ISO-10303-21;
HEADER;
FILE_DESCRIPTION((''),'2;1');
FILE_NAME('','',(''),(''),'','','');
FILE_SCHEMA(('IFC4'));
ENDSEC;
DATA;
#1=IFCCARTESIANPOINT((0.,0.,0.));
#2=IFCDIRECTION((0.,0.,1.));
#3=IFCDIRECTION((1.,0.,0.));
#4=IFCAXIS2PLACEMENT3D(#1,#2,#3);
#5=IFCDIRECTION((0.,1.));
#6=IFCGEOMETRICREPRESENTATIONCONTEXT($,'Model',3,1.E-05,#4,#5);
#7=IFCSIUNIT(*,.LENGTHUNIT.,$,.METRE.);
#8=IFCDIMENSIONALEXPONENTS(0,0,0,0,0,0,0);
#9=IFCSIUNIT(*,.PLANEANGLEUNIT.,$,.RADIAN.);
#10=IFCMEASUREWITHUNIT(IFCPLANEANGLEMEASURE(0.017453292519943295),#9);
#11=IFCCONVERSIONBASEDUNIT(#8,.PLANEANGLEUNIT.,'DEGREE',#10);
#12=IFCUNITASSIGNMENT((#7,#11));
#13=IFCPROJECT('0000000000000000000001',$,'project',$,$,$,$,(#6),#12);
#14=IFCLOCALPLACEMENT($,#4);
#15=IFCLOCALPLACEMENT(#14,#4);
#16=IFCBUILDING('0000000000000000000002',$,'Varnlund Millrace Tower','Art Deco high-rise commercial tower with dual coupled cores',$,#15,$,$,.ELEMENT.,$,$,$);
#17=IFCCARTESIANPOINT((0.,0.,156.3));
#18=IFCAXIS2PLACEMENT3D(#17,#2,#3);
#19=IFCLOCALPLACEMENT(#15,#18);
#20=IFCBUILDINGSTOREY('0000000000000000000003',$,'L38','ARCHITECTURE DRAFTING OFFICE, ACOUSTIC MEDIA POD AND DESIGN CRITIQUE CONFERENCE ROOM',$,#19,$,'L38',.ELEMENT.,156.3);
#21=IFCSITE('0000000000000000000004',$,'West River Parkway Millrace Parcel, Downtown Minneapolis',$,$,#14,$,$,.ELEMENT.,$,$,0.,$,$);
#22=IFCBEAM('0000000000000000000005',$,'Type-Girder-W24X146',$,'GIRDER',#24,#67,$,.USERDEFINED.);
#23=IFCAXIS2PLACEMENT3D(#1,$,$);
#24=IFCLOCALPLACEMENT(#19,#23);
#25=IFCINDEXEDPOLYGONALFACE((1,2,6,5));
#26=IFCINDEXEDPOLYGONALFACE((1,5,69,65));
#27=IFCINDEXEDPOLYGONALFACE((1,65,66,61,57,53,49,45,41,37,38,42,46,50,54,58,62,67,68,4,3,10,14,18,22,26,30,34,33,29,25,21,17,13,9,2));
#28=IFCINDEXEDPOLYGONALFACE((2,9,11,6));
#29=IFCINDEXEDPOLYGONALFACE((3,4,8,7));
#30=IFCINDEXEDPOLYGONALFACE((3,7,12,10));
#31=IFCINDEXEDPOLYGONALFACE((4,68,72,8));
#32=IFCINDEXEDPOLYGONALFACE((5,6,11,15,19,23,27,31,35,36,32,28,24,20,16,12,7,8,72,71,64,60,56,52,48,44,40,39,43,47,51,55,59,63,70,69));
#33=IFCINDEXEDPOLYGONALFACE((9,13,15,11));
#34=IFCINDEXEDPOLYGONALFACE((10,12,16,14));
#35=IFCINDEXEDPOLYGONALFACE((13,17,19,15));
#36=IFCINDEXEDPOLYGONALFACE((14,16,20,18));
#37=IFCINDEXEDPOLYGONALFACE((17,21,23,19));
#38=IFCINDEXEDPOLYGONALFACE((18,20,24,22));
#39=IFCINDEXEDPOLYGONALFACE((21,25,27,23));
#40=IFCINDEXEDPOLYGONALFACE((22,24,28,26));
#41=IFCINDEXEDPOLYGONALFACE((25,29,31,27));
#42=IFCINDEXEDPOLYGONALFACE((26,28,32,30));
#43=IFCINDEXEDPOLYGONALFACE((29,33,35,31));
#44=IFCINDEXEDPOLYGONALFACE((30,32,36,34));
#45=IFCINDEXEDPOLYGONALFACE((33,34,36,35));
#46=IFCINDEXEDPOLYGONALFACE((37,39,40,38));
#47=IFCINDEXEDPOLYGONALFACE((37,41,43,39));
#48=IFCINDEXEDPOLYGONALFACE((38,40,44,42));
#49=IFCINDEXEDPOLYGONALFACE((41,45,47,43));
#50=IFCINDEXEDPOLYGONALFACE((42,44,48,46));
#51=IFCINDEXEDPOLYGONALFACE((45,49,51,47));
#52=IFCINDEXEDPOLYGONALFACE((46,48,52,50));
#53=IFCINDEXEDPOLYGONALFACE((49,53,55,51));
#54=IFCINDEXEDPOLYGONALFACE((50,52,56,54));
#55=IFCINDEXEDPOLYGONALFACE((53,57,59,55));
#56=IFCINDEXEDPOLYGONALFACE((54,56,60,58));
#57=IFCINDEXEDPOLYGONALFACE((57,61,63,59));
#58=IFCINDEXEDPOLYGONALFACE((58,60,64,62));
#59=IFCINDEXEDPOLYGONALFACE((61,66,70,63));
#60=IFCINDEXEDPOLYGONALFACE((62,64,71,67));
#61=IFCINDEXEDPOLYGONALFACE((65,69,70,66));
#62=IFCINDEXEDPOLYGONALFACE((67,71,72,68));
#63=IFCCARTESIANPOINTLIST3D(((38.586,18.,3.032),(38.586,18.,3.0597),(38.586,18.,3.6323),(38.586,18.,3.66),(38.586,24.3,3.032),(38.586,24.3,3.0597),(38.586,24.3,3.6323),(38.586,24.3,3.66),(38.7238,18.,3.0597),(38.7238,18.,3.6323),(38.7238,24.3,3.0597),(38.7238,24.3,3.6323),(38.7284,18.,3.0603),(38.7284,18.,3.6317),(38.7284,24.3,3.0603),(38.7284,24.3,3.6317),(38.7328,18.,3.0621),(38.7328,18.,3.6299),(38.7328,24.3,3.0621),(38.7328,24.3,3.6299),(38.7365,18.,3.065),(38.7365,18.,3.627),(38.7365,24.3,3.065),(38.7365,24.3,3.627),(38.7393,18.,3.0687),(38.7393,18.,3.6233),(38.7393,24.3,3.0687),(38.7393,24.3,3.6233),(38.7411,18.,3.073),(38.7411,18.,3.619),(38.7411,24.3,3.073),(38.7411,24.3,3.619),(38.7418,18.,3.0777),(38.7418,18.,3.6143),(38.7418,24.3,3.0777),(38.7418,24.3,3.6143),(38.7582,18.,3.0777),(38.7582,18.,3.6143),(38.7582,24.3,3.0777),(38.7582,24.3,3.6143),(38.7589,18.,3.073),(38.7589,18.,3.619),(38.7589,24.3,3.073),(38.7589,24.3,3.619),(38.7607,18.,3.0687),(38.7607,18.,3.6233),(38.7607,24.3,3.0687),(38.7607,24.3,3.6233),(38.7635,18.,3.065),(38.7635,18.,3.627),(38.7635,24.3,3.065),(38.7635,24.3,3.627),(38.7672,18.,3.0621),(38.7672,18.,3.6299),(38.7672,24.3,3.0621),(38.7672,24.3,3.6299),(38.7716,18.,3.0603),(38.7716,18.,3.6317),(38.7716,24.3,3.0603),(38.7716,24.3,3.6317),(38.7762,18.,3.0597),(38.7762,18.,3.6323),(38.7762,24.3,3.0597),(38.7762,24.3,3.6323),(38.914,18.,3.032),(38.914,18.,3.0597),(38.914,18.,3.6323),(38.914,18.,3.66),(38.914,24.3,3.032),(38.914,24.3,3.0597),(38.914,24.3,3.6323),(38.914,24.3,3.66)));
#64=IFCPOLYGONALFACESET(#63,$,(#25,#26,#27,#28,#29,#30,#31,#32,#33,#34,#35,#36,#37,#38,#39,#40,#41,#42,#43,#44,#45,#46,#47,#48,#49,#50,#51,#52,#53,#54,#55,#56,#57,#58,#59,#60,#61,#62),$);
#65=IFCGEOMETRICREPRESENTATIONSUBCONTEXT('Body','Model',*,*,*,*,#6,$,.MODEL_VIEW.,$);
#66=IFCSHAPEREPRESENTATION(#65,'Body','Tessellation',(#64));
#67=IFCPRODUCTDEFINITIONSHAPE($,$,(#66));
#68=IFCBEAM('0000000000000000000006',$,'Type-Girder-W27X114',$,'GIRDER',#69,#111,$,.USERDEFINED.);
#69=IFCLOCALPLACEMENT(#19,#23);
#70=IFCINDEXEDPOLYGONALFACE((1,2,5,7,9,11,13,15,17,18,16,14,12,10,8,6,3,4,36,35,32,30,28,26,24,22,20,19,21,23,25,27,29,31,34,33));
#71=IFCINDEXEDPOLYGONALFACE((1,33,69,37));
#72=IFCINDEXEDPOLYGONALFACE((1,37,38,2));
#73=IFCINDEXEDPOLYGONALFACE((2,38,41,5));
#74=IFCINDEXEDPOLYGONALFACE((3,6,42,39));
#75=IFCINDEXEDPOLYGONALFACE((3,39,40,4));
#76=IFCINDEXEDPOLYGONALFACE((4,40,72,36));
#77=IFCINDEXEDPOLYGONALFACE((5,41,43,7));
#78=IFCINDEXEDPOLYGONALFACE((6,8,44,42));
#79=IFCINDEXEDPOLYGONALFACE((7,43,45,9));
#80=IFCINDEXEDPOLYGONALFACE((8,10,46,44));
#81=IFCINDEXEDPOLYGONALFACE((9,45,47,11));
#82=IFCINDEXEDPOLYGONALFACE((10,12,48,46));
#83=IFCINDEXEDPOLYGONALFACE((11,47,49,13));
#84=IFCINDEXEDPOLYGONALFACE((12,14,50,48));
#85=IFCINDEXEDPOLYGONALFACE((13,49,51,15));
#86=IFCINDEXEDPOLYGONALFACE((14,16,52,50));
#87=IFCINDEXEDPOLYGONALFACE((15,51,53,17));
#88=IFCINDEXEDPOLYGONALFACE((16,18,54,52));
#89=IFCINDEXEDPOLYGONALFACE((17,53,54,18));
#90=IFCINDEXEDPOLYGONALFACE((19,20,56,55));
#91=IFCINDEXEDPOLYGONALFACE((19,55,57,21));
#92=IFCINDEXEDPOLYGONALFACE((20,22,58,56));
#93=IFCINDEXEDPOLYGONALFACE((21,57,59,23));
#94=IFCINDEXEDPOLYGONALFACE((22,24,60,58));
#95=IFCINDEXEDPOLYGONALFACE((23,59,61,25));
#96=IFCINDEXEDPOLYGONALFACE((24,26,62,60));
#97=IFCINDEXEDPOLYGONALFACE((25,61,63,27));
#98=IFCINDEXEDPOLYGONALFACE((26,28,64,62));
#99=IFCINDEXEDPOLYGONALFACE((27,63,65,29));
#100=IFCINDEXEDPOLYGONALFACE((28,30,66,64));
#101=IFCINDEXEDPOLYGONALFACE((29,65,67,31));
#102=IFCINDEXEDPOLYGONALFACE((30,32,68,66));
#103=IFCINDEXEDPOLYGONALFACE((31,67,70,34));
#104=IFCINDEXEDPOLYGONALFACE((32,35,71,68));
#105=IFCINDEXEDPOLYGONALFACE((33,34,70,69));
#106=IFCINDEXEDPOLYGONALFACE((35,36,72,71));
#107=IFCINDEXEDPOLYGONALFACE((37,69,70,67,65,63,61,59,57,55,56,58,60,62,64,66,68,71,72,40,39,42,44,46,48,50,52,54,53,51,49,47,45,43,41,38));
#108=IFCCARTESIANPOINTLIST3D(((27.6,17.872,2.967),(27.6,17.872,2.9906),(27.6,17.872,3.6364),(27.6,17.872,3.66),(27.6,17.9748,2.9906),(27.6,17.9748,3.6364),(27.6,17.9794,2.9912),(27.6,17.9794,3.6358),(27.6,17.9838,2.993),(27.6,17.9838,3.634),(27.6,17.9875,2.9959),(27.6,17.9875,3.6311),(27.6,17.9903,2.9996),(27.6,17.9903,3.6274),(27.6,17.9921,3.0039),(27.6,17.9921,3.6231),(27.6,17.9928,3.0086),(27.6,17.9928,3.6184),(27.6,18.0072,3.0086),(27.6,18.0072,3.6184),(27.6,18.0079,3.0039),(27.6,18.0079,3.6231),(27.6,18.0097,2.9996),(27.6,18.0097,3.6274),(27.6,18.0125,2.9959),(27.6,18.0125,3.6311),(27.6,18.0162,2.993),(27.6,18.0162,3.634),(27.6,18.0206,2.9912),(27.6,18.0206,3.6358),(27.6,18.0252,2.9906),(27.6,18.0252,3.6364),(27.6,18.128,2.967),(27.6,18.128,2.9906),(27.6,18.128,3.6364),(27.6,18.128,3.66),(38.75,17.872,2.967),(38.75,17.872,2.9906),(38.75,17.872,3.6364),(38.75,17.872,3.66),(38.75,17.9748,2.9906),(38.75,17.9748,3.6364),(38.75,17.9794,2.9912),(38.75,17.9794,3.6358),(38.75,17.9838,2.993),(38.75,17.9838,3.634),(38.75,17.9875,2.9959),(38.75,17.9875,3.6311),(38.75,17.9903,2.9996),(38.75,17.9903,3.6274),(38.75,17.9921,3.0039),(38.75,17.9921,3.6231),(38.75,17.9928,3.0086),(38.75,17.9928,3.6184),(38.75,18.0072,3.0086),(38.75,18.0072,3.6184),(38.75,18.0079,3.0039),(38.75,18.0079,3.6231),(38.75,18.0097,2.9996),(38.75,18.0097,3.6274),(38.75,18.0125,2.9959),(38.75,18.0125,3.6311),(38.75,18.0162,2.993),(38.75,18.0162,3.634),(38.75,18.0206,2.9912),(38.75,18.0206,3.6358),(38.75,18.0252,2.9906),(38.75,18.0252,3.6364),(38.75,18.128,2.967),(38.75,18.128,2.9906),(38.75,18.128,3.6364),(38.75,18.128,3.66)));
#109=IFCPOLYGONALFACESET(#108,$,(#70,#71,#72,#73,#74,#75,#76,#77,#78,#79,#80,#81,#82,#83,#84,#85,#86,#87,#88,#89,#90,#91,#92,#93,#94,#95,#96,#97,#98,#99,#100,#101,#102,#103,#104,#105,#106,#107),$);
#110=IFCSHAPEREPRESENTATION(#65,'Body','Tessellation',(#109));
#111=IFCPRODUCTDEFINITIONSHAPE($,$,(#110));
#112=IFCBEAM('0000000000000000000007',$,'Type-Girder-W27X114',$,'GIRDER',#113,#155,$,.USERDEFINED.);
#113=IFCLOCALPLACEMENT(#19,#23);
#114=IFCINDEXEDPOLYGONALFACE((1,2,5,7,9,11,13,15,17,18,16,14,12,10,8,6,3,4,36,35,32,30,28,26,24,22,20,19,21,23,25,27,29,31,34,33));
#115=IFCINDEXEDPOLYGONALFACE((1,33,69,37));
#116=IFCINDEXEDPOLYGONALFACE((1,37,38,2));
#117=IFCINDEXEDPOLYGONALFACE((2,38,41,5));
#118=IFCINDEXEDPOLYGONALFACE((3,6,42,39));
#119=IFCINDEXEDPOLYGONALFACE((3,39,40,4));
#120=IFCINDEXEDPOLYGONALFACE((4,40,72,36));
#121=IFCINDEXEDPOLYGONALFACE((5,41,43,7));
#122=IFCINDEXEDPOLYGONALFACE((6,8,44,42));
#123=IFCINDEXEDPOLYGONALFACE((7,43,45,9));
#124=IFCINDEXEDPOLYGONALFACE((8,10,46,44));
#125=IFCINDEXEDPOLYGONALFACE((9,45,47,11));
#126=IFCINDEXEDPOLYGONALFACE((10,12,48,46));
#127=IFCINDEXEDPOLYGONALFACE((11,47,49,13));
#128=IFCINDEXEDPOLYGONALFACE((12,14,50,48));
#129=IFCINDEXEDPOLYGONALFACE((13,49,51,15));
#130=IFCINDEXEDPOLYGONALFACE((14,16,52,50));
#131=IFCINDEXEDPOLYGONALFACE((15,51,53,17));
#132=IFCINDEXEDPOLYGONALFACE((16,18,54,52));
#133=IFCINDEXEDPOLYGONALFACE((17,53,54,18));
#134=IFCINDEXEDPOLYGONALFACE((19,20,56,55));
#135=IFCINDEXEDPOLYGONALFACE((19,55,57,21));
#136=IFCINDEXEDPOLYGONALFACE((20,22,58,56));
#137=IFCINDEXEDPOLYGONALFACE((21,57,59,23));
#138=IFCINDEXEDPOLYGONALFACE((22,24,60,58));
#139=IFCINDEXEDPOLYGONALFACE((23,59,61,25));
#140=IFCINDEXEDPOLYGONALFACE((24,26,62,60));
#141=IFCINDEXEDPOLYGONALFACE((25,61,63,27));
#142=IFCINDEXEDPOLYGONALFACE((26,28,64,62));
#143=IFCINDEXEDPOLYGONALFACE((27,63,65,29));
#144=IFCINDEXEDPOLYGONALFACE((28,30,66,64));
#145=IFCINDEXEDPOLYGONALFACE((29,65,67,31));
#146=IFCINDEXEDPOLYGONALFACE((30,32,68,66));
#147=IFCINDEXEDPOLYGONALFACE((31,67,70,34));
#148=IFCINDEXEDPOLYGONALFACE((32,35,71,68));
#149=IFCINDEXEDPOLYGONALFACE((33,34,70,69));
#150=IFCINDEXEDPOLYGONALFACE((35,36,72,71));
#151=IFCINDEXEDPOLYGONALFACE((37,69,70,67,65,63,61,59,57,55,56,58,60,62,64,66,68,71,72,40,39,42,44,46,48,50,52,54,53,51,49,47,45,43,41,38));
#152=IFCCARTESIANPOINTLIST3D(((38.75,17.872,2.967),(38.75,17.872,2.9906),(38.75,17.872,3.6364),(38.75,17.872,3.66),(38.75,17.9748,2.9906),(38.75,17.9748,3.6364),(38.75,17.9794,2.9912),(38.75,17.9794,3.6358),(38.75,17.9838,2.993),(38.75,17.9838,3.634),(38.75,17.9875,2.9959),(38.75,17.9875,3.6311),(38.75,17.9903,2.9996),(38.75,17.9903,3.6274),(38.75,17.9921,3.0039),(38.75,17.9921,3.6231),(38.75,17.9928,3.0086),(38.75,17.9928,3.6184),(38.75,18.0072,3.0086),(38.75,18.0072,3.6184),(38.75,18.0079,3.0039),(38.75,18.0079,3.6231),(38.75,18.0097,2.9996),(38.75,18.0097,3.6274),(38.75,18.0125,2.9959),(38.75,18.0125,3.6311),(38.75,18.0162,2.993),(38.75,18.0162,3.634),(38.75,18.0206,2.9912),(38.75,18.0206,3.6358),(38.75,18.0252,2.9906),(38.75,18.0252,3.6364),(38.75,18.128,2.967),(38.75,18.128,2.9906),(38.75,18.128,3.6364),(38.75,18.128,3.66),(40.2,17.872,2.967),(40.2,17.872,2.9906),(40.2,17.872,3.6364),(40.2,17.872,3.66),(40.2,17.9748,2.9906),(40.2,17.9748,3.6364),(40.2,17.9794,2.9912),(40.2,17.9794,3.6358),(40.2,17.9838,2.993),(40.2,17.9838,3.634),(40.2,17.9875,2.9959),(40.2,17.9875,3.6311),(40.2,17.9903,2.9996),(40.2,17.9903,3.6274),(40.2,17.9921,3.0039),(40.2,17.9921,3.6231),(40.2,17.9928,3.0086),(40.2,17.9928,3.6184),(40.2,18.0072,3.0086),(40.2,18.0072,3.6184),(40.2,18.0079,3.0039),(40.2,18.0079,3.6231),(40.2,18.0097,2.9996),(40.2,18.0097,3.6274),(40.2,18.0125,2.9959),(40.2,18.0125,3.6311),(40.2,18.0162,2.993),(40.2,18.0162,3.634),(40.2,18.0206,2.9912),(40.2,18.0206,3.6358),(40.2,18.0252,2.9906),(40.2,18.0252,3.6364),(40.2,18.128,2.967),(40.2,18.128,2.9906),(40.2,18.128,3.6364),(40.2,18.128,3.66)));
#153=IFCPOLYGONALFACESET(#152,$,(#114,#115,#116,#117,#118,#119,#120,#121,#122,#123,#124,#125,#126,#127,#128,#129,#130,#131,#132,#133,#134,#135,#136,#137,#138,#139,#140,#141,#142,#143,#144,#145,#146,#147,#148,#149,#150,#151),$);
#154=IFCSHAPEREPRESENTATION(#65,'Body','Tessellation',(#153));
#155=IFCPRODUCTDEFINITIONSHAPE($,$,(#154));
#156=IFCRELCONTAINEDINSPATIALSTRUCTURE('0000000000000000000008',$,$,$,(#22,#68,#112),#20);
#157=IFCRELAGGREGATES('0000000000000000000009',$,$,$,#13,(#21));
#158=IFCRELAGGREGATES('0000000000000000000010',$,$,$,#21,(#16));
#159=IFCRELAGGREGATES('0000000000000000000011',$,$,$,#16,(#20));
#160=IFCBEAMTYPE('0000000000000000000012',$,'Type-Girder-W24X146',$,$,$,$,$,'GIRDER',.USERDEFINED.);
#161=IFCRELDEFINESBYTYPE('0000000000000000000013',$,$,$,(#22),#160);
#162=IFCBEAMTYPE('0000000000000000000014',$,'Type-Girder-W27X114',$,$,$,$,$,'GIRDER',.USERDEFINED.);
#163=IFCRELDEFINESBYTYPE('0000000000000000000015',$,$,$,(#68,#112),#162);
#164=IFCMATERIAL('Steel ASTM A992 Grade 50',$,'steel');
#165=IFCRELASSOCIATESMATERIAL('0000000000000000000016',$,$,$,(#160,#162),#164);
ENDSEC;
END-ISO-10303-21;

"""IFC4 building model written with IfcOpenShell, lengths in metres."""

from ifc_helpers import new_model, entity, si_unit, converted_unit, direction, frame, origin_with_axes, origin_2d_with_axis, place, context, subcontext, project, spatial, i_section, extrude, material, material_profile, profile_set, type_object, element, save


model = new_model("IFC4")

# Units and contexts
model_context = context("Model", 3, precision=1e-05, world=origin_with_axes(), true_north=direction((0.0, 1.0)))
body_context = subcontext(model_context, "Body", "Model", "MODEL_VIEW")
ifc_project = project(units=[si_unit("LENGTHUNIT", "METRE"), converted_unit("PLANEANGLEUNIT", "DEGREE", entity("IfcPlaneAngleMeasure", 0.017453292519943295), si_unit("PLANEANGLEUNIT", "RADIAN"), dimensions=[0, 0, 0, 0, 0, 0, 0])], contexts=[model_context])

# Site, building, storey
site_placement = place(None, origin_with_axes())
site = spatial("IfcSite", under=ifc_project, at=site_placement, Name="West River Parkway Millrace Parcel, Downtown Minneapolis", CompositionType="ELEMENT", RefElevation=0.0)
building_placement = place(site_placement, origin_with_axes())
building = spatial("IfcBuilding", under=site, at=building_placement, Name="Varnlund Millrace Tower", Description="Art Deco high-rise commercial tower with dual coupled cores", CompositionType="ELEMENT")
storey_placement = place(building_placement, frame((0.0, 0.0, 156.3), z_axis=(0.0, 0.0, 1.0), x_axis=(1.0, 0.0, 0.0)))
storey = spatial("IfcBuildingStorey", under=building, at=storey_placement, Name="L38", Description="ARCHITECTURE DRAFTING OFFICE, ACOUSTIC MEDIA POD AND DESIGN CRITIQUE CONFERENCE ROOM", LongName="L38", CompositionType="ELEMENT", Elevation=156.3)

# Beams
ifc_material_1 = material(Name="Steel ASTM A992 Grade 50", Category="steel")
ifc_material_profile_1 = material_profile(ifc_material_1, i_section(OverallWidth=0.328, OverallDepth=0.628, WebThickness=0.0165, FlangeThickness=0.0277, FilletRadius=0.018, at=origin_2d_with_axis()), Name="Steel ASTM A992 Grade 50")
ifc_profile_set_1 = profile_set([ifc_material_profile_1], Name="Steel ASTM A992 Grade 50")
beam_type_1 = type_object("IfcBeamType", Name="Type-Girder-W24X146", ElementType="GIRDER", PredefinedType="USERDEFINED", material=ifc_profile_set_1)
beam_1_placement = place(storey_placement, frame((38.75, 18.0, 3.346), z_axis=(0.0, 1.0, 0.0), x_axis=(-1.0, 0.0, 0.0)))
element("IfcBeam", 1, at=beam_1_placement, inside=storey, type_object=beam_type_1, Name="Type-Girder-W24X146", ObjectType="GIRDER", PredefinedType="USERDEFINED", context=body_context, shape_type="SweptSolid", body=[
    extrude(i_section(OverallWidth=0.328, OverallDepth=0.628, WebThickness=0.0165, FlangeThickness=0.0277, FilletRadius=0.018, at=origin_2d_with_axis()), origin_with_axes(), (0.0, 0.0, 1.0), 6.3),
])
ifc_material_profile_2 = material_profile(ifc_material_1, i_section(OverallWidth=0.256, OverallDepth=0.693, WebThickness=0.0145, FlangeThickness=0.0236, FilletRadius=0.018, at=origin_2d_with_axis()), Name="Steel ASTM A992 Grade 50")
ifc_profile_set_2 = profile_set([ifc_material_profile_2], Name="Steel ASTM A992 Grade 50")
beam_type_2 = type_object("IfcBeamType", Name="Type-Girder-W27X114", ElementType="GIRDER", PredefinedType="USERDEFINED", material=ifc_profile_set_2)
beam_2_placement = place(storey_placement, frame((27.6, 18.0, 3.3135), z_axis=(1.0, 0.0, 0.0), x_axis=(0.0, 1.0, 0.0)))
element("IfcBeam", 2, at=beam_2_placement, inside=storey, type_object=beam_type_2, Name="Type-Girder-W27X114", ObjectType="GIRDER", PredefinedType="USERDEFINED", context=body_context, shape_type="SweptSolid", body=[
    extrude(i_section(OverallWidth=0.256, OverallDepth=0.693, WebThickness=0.0145, FlangeThickness=0.0236, FilletRadius=0.018, at=origin_2d_with_axis()), origin_with_axes(), (0.0, 0.0, 1.0), 11.15),
])
beam_3_placement = place(storey_placement, frame((38.75, 18.0, 3.3135), z_axis=(1.0, 0.0, 0.0), x_axis=(0.0, 1.0, 0.0)))
element("IfcBeam", 3, at=beam_3_placement, inside=storey, type_object=beam_type_2, Name="Type-Girder-W27X114", ObjectType="GIRDER", PredefinedType="USERDEFINED", context=body_context, shape_type="SweptSolid", body=[
    extrude(i_section(OverallWidth=0.256, OverallDepth=0.693, WebThickness=0.0145, FlangeThickness=0.0236, FilletRadius=0.018, at=origin_2d_with_axis()), origin_with_axes(), (0.0, 0.0, 1.0), 1.45),
])

save(model, "model.ifc")
